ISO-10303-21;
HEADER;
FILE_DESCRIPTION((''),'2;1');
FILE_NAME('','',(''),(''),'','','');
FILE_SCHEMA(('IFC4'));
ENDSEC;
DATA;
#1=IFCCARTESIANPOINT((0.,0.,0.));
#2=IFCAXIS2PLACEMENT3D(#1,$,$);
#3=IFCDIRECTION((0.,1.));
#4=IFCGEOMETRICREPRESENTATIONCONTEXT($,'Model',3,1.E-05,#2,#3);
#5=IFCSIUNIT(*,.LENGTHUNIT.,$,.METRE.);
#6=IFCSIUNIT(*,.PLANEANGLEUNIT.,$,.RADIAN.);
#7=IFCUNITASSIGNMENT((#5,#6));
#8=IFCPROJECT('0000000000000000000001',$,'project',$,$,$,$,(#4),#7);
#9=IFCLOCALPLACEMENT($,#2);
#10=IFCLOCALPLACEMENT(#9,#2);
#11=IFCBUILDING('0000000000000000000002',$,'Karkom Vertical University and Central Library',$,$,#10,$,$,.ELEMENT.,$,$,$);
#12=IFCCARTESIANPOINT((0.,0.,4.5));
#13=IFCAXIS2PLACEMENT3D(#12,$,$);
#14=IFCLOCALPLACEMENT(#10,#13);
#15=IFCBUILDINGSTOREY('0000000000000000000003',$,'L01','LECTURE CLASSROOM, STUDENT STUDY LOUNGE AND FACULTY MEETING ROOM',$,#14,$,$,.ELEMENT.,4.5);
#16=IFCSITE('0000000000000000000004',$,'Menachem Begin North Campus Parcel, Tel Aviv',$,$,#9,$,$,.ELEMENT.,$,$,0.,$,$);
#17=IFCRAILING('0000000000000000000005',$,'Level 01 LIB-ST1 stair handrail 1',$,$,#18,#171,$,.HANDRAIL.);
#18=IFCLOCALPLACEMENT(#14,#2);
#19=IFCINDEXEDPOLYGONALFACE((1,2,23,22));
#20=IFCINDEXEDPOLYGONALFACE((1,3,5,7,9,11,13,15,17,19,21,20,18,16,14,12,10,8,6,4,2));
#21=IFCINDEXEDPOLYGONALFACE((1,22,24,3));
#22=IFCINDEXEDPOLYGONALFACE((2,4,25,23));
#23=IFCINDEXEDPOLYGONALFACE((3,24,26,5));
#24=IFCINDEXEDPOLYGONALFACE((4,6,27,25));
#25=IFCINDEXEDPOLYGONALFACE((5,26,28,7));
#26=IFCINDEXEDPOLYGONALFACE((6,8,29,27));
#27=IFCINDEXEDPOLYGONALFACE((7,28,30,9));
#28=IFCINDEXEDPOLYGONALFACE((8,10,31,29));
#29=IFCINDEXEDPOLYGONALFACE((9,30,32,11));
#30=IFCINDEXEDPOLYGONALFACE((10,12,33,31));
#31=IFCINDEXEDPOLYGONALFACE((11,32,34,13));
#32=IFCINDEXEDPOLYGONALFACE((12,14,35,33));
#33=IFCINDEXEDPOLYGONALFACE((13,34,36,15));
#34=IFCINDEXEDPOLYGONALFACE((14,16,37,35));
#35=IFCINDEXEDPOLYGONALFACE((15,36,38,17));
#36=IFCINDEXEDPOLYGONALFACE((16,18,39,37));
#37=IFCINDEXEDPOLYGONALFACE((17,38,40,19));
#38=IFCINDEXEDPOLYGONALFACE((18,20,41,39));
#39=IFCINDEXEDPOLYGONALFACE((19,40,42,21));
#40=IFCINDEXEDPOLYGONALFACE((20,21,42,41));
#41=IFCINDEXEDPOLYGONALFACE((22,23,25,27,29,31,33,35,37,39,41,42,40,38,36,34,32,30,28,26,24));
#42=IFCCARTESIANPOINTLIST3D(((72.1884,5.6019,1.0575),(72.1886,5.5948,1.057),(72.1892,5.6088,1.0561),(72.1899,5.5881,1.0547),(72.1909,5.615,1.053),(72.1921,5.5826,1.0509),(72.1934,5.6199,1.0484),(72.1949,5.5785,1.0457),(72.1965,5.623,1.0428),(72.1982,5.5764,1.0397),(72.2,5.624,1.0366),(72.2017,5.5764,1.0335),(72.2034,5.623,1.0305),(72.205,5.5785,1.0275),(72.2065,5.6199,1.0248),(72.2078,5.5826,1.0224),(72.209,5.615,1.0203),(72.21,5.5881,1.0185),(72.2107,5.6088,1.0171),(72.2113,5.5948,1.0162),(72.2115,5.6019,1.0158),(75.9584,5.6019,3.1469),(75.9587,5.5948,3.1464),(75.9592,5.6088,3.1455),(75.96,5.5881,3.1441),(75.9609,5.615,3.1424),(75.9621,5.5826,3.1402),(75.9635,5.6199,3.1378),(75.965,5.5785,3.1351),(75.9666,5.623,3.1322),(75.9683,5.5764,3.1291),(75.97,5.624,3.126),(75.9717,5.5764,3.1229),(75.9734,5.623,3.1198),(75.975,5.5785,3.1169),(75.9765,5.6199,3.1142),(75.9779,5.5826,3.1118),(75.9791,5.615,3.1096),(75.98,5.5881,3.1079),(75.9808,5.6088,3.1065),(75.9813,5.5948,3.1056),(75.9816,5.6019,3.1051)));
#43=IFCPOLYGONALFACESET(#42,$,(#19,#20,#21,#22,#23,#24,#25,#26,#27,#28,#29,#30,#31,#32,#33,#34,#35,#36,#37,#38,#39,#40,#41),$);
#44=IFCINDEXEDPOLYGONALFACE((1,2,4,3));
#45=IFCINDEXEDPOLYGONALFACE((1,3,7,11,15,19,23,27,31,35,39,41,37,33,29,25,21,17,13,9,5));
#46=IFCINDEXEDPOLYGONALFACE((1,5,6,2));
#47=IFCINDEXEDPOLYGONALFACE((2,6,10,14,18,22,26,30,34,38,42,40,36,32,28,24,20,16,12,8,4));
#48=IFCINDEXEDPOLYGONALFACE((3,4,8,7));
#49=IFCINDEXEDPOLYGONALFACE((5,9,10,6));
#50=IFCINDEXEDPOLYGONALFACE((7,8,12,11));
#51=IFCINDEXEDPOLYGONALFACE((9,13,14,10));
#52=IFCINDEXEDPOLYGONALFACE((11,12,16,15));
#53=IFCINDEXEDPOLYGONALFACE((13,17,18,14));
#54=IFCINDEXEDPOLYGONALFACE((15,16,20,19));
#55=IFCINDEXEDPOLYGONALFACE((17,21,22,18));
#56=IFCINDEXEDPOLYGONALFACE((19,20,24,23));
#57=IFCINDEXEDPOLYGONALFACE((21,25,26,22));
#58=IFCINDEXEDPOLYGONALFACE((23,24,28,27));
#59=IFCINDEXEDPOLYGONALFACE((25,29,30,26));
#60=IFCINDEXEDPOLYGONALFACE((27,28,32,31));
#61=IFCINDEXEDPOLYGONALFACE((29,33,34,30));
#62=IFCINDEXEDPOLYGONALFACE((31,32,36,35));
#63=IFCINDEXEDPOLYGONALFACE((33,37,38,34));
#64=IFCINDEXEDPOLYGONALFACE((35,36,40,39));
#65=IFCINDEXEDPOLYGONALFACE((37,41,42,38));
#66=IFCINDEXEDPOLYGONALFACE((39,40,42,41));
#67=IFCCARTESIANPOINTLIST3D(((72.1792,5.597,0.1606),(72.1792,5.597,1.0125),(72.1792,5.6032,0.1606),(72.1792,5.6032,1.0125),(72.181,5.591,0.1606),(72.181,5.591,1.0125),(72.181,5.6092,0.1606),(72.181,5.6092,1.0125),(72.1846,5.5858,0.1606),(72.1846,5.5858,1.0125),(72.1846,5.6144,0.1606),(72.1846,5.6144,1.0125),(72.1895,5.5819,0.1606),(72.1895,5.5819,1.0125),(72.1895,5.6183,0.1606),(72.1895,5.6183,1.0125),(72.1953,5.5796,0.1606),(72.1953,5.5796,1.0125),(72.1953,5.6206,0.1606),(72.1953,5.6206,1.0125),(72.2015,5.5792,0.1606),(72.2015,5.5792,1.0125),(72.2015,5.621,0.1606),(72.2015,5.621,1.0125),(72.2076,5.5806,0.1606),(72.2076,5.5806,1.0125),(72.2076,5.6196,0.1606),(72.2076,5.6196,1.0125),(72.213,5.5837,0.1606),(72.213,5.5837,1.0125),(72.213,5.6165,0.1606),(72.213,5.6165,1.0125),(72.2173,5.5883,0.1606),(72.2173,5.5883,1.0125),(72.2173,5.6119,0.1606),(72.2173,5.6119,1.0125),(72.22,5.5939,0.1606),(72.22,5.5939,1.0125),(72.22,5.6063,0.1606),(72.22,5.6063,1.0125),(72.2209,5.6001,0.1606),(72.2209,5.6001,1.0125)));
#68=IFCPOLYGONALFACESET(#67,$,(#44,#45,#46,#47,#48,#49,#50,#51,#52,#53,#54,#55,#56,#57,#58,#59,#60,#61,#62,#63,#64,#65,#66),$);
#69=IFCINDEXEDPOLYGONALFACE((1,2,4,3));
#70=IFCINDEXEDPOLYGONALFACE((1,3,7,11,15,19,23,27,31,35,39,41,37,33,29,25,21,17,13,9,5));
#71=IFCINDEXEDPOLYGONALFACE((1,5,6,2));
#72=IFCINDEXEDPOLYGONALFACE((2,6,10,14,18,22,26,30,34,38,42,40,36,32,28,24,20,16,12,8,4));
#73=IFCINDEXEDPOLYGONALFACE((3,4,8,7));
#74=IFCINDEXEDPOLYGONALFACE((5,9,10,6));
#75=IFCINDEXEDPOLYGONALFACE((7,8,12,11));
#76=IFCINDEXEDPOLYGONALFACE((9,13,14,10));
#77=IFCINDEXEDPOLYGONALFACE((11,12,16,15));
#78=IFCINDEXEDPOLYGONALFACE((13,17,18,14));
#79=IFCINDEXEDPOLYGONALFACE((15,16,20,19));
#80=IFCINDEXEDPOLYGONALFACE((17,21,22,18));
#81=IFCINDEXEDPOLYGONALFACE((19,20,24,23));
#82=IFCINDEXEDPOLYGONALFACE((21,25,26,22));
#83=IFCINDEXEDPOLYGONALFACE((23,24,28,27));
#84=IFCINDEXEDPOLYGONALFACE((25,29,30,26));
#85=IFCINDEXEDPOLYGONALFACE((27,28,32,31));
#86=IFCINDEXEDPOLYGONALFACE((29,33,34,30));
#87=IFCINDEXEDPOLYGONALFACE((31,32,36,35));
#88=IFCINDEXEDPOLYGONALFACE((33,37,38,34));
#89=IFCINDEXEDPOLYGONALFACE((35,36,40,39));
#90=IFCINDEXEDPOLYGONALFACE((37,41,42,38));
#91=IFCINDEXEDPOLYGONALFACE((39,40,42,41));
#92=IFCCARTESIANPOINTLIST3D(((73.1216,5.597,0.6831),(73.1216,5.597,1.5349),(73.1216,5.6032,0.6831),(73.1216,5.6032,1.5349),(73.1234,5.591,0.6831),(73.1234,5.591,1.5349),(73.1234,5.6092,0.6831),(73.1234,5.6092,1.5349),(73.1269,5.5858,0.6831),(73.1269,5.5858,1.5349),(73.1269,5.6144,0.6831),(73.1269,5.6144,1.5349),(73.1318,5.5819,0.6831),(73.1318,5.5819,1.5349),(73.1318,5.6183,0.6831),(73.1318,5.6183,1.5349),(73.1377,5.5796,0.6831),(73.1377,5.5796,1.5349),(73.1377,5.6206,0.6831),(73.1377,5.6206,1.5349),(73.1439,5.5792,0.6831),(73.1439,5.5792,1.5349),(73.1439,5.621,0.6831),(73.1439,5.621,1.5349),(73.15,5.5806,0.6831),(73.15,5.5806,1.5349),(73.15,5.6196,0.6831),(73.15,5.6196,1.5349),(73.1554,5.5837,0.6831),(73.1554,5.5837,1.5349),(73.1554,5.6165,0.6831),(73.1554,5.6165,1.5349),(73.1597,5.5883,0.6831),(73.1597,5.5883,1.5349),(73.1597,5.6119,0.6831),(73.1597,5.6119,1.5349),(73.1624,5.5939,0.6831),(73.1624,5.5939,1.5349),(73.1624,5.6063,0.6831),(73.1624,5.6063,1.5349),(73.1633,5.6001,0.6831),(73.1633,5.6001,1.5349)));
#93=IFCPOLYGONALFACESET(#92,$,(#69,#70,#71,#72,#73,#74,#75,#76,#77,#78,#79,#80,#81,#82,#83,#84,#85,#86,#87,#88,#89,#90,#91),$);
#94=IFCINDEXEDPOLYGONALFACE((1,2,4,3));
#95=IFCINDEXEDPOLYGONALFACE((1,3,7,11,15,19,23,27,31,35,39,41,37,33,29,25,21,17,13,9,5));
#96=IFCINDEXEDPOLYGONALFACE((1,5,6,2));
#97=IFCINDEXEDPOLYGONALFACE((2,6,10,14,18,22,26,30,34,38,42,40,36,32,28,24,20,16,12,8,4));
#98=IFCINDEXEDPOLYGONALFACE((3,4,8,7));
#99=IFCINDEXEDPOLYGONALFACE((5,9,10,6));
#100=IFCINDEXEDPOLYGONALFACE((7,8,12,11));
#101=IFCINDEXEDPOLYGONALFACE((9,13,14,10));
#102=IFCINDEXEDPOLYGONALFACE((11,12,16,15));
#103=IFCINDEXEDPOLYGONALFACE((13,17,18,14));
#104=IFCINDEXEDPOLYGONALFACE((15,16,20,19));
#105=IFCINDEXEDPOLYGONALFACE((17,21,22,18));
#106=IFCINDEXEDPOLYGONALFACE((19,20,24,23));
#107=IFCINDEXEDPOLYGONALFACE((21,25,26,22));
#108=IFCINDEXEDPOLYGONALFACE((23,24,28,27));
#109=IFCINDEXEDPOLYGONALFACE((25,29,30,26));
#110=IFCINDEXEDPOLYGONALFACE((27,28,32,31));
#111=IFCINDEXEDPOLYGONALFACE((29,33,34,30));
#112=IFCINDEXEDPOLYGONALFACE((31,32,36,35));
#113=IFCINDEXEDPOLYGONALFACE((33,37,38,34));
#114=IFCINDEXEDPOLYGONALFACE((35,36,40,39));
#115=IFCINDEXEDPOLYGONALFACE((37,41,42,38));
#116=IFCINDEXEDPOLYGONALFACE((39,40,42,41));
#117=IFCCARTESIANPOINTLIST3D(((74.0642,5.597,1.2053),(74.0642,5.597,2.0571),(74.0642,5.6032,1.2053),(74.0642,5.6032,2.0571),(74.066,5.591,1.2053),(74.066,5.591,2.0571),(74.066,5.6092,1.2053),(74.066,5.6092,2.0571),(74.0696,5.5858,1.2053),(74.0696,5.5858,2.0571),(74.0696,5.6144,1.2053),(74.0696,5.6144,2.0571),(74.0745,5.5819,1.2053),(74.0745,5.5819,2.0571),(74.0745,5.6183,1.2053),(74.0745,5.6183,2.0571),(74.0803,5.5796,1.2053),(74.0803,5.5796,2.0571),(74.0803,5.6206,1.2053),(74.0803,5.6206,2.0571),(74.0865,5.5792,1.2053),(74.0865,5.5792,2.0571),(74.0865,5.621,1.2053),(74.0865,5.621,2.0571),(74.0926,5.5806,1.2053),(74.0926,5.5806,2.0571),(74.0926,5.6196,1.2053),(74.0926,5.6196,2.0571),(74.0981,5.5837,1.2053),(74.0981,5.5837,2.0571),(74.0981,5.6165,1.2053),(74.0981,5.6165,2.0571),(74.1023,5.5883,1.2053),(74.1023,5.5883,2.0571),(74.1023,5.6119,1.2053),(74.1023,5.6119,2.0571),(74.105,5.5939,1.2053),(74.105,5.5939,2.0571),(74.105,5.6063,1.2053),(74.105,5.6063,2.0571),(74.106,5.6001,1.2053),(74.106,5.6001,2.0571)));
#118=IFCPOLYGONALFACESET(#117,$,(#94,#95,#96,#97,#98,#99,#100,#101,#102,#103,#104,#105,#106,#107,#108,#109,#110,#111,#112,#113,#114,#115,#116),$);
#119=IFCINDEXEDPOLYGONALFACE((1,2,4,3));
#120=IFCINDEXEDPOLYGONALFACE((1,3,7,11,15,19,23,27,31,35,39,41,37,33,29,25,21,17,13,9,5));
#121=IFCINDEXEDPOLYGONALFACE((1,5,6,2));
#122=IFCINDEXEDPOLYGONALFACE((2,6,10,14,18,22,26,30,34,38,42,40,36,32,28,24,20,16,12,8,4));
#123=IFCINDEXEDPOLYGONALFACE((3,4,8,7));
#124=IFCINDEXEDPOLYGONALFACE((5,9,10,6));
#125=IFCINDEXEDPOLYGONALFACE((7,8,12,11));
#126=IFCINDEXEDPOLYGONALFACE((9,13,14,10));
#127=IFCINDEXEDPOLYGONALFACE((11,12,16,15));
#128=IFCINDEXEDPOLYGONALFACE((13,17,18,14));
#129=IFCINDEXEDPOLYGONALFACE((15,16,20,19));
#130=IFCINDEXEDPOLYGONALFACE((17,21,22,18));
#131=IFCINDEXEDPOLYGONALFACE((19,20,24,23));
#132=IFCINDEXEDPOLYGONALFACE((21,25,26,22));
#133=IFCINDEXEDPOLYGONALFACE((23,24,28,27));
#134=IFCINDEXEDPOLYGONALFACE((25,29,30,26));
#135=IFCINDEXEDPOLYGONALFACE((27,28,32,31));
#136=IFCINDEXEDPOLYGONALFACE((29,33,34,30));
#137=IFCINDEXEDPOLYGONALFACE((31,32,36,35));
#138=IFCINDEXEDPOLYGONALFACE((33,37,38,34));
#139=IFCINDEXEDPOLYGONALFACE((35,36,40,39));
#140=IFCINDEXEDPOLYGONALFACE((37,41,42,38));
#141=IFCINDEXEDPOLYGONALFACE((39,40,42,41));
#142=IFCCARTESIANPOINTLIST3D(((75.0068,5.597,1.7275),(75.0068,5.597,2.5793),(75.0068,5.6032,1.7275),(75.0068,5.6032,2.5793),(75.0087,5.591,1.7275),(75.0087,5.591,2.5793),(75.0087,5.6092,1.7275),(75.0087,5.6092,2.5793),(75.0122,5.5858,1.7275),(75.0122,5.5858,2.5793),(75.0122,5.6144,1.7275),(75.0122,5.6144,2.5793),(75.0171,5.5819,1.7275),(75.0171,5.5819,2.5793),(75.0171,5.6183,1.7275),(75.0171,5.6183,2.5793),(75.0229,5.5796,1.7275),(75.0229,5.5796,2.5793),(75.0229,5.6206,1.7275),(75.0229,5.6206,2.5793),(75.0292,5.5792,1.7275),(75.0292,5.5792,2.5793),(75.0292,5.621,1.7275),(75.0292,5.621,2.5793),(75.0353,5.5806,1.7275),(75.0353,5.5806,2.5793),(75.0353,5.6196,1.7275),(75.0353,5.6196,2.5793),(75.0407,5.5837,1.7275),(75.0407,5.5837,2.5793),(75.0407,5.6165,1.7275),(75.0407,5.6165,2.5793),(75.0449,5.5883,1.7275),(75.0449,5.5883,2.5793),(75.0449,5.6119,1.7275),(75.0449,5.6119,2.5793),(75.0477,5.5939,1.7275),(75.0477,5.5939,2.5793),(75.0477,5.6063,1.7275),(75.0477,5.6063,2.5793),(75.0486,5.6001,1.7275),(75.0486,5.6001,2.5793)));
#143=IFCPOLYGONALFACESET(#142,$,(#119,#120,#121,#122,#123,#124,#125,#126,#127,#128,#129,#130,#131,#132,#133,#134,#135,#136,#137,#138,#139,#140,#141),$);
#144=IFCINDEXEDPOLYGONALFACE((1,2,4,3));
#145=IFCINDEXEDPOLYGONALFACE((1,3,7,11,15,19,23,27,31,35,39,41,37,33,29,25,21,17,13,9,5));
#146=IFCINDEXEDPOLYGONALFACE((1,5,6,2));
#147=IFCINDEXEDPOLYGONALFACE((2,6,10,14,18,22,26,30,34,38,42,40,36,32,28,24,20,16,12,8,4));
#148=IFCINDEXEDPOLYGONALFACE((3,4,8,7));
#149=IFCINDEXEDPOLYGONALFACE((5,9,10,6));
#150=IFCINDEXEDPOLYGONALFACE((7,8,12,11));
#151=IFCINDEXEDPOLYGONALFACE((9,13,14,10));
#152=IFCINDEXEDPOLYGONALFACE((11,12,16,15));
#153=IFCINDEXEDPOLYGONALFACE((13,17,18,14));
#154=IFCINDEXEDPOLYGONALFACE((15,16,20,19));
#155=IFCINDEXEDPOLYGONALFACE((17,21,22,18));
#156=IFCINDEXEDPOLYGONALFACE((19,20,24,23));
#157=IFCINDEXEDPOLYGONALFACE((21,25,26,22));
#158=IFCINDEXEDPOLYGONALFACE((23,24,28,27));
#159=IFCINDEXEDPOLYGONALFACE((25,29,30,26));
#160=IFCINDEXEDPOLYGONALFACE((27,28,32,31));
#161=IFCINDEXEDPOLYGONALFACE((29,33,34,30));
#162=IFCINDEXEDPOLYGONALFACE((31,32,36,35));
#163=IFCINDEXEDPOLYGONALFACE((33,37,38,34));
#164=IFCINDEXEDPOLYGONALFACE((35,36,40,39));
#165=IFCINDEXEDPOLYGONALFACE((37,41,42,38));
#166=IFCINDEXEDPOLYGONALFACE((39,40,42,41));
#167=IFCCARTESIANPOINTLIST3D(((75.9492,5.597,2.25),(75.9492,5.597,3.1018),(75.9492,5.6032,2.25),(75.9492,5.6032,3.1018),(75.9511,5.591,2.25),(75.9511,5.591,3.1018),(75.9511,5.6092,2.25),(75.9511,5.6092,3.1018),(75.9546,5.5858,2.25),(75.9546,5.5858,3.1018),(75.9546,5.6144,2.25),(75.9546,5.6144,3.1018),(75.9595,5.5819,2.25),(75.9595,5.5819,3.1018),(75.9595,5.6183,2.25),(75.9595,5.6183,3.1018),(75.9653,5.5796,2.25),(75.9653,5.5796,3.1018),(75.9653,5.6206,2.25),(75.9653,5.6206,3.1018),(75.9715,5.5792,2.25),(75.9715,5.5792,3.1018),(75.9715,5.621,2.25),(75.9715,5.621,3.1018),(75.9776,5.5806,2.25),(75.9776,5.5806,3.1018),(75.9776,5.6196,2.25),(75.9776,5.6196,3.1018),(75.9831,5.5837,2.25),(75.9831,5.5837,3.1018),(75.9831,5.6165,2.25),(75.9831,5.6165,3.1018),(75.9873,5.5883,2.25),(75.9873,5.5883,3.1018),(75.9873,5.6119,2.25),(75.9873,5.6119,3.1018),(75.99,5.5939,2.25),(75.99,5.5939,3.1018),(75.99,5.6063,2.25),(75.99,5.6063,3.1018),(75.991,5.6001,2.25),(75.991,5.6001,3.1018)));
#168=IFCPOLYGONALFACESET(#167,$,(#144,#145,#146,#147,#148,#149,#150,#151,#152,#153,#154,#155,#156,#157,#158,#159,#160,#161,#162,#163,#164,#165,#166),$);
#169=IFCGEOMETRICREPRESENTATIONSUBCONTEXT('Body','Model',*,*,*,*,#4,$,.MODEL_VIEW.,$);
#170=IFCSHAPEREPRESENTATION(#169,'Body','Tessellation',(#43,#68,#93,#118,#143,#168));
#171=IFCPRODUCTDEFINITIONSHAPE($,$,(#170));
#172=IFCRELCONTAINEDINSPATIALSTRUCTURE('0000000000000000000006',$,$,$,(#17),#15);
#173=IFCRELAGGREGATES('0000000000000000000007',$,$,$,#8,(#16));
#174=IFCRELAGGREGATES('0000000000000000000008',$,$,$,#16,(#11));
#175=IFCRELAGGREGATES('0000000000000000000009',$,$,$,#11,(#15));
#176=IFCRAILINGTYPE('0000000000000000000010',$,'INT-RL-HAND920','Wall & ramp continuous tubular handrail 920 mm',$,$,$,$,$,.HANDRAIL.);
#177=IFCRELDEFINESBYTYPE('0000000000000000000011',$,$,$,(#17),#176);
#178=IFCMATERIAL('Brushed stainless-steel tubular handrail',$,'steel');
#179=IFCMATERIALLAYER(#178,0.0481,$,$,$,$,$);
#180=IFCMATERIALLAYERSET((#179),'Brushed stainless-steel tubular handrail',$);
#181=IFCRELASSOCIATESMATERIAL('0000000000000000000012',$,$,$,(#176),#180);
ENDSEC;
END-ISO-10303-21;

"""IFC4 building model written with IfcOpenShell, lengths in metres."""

from ifc_helpers import new_model, si_unit, direction, frame, origin, origin_2d, place, context, subcontext, project, spatial, circle, extrude, material, layer, layer_set, type_object, element, save


model = new_model("IFC4")

# Units and contexts
model_context = context("Model", 3, precision=1e-05, world=origin(), true_north=direction((0.0, 1.0)))
body_context = subcontext(model_context, "Body", "Model", "MODEL_VIEW")
ifc_project = project(units=[si_unit("LENGTHUNIT", "METRE"), si_unit("PLANEANGLEUNIT", "RADIAN")], contexts=[model_context])

# Site, building, storey
site_placement = place(None, origin())
site = spatial("IfcSite", under=ifc_project, at=site_placement, Name="Menachem Begin North Campus Parcel, Tel Aviv", CompositionType="ELEMENT", RefElevation=0.0)
building_placement = place(site_placement, origin())
building = spatial("IfcBuilding", under=site, at=building_placement, Name="Karkom Vertical University and Central Library", CompositionType="ELEMENT")
storey_placement = place(building_placement, frame((0.0, 0.0, 4.5)))
storey = spatial("IfcBuildingStorey", under=building, at=storey_placement, Name="L01", Description="LECTURE CLASSROOM, STUDENT STUDY LOUNGE AND FACULTY MEETING ROOM", CompositionType="ELEMENT", Elevation=4.5)

# Railing
ifc_material_1 = material(Name="Brushed stainless-steel tubular handrail", Category="steel")
ifc_layer_1 = layer(ifc_material_1, 0.0481)
ifc_layer_set_1 = layer_set([ifc_layer_1], Name="Brushed stainless-steel tubular handrail")
railing_type_1 = type_object("IfcRailingType", Name="INT-RL-HAND920", Description="Wall & ramp continuous tubular handrail 920 mm", PredefinedType="HANDRAIL", material=ifc_layer_set_1)
railing_1_placement = place(storey_placement, frame((72.2, 5.6001, 0.1606)))
element("IfcRailing", 1, at=railing_1_placement, inside=storey, type_object=railing_type_1, Name="Level 01 LIB-ST1 stair handrail 1", PredefinedType="HANDRAIL", context=body_context, shape_type="SweptSolid", body=[
    extrude(circle(Radius=0.0239, at=origin_2d()), frame((0.0, 0.0, 0.876), z_axis=(0.874659, 0.0, 0.484739), x_axis=(0.0, 1.0, 0.0)), (0.0, 0.0, 1.0), 4.3103),
    extrude(circle(Radius=0.021, at=origin_2d()), origin(), (0.0, 0.0, 1.0), 0.8518),
    extrude(circle(Radius=0.021, at=origin_2d()), frame((0.9424, 0.0, 0.5225)), (0.0, 0.0, 1.0), 0.8518),
    extrude(circle(Radius=0.021, at=origin_2d()), frame((1.885, 0.0, 1.0447)), (0.0, 0.0, 1.0), 0.8518),
    extrude(circle(Radius=0.021, at=origin_2d()), frame((2.8276, 0.0, 1.5669)), (0.0, 0.0, 1.0), 0.8518),
    extrude(circle(Radius=0.021, at=origin_2d()), frame((3.77, 0.0, 2.0894)), (0.0, 0.0, 1.0), 0.8518),
])

save(model, "model.ifc")
